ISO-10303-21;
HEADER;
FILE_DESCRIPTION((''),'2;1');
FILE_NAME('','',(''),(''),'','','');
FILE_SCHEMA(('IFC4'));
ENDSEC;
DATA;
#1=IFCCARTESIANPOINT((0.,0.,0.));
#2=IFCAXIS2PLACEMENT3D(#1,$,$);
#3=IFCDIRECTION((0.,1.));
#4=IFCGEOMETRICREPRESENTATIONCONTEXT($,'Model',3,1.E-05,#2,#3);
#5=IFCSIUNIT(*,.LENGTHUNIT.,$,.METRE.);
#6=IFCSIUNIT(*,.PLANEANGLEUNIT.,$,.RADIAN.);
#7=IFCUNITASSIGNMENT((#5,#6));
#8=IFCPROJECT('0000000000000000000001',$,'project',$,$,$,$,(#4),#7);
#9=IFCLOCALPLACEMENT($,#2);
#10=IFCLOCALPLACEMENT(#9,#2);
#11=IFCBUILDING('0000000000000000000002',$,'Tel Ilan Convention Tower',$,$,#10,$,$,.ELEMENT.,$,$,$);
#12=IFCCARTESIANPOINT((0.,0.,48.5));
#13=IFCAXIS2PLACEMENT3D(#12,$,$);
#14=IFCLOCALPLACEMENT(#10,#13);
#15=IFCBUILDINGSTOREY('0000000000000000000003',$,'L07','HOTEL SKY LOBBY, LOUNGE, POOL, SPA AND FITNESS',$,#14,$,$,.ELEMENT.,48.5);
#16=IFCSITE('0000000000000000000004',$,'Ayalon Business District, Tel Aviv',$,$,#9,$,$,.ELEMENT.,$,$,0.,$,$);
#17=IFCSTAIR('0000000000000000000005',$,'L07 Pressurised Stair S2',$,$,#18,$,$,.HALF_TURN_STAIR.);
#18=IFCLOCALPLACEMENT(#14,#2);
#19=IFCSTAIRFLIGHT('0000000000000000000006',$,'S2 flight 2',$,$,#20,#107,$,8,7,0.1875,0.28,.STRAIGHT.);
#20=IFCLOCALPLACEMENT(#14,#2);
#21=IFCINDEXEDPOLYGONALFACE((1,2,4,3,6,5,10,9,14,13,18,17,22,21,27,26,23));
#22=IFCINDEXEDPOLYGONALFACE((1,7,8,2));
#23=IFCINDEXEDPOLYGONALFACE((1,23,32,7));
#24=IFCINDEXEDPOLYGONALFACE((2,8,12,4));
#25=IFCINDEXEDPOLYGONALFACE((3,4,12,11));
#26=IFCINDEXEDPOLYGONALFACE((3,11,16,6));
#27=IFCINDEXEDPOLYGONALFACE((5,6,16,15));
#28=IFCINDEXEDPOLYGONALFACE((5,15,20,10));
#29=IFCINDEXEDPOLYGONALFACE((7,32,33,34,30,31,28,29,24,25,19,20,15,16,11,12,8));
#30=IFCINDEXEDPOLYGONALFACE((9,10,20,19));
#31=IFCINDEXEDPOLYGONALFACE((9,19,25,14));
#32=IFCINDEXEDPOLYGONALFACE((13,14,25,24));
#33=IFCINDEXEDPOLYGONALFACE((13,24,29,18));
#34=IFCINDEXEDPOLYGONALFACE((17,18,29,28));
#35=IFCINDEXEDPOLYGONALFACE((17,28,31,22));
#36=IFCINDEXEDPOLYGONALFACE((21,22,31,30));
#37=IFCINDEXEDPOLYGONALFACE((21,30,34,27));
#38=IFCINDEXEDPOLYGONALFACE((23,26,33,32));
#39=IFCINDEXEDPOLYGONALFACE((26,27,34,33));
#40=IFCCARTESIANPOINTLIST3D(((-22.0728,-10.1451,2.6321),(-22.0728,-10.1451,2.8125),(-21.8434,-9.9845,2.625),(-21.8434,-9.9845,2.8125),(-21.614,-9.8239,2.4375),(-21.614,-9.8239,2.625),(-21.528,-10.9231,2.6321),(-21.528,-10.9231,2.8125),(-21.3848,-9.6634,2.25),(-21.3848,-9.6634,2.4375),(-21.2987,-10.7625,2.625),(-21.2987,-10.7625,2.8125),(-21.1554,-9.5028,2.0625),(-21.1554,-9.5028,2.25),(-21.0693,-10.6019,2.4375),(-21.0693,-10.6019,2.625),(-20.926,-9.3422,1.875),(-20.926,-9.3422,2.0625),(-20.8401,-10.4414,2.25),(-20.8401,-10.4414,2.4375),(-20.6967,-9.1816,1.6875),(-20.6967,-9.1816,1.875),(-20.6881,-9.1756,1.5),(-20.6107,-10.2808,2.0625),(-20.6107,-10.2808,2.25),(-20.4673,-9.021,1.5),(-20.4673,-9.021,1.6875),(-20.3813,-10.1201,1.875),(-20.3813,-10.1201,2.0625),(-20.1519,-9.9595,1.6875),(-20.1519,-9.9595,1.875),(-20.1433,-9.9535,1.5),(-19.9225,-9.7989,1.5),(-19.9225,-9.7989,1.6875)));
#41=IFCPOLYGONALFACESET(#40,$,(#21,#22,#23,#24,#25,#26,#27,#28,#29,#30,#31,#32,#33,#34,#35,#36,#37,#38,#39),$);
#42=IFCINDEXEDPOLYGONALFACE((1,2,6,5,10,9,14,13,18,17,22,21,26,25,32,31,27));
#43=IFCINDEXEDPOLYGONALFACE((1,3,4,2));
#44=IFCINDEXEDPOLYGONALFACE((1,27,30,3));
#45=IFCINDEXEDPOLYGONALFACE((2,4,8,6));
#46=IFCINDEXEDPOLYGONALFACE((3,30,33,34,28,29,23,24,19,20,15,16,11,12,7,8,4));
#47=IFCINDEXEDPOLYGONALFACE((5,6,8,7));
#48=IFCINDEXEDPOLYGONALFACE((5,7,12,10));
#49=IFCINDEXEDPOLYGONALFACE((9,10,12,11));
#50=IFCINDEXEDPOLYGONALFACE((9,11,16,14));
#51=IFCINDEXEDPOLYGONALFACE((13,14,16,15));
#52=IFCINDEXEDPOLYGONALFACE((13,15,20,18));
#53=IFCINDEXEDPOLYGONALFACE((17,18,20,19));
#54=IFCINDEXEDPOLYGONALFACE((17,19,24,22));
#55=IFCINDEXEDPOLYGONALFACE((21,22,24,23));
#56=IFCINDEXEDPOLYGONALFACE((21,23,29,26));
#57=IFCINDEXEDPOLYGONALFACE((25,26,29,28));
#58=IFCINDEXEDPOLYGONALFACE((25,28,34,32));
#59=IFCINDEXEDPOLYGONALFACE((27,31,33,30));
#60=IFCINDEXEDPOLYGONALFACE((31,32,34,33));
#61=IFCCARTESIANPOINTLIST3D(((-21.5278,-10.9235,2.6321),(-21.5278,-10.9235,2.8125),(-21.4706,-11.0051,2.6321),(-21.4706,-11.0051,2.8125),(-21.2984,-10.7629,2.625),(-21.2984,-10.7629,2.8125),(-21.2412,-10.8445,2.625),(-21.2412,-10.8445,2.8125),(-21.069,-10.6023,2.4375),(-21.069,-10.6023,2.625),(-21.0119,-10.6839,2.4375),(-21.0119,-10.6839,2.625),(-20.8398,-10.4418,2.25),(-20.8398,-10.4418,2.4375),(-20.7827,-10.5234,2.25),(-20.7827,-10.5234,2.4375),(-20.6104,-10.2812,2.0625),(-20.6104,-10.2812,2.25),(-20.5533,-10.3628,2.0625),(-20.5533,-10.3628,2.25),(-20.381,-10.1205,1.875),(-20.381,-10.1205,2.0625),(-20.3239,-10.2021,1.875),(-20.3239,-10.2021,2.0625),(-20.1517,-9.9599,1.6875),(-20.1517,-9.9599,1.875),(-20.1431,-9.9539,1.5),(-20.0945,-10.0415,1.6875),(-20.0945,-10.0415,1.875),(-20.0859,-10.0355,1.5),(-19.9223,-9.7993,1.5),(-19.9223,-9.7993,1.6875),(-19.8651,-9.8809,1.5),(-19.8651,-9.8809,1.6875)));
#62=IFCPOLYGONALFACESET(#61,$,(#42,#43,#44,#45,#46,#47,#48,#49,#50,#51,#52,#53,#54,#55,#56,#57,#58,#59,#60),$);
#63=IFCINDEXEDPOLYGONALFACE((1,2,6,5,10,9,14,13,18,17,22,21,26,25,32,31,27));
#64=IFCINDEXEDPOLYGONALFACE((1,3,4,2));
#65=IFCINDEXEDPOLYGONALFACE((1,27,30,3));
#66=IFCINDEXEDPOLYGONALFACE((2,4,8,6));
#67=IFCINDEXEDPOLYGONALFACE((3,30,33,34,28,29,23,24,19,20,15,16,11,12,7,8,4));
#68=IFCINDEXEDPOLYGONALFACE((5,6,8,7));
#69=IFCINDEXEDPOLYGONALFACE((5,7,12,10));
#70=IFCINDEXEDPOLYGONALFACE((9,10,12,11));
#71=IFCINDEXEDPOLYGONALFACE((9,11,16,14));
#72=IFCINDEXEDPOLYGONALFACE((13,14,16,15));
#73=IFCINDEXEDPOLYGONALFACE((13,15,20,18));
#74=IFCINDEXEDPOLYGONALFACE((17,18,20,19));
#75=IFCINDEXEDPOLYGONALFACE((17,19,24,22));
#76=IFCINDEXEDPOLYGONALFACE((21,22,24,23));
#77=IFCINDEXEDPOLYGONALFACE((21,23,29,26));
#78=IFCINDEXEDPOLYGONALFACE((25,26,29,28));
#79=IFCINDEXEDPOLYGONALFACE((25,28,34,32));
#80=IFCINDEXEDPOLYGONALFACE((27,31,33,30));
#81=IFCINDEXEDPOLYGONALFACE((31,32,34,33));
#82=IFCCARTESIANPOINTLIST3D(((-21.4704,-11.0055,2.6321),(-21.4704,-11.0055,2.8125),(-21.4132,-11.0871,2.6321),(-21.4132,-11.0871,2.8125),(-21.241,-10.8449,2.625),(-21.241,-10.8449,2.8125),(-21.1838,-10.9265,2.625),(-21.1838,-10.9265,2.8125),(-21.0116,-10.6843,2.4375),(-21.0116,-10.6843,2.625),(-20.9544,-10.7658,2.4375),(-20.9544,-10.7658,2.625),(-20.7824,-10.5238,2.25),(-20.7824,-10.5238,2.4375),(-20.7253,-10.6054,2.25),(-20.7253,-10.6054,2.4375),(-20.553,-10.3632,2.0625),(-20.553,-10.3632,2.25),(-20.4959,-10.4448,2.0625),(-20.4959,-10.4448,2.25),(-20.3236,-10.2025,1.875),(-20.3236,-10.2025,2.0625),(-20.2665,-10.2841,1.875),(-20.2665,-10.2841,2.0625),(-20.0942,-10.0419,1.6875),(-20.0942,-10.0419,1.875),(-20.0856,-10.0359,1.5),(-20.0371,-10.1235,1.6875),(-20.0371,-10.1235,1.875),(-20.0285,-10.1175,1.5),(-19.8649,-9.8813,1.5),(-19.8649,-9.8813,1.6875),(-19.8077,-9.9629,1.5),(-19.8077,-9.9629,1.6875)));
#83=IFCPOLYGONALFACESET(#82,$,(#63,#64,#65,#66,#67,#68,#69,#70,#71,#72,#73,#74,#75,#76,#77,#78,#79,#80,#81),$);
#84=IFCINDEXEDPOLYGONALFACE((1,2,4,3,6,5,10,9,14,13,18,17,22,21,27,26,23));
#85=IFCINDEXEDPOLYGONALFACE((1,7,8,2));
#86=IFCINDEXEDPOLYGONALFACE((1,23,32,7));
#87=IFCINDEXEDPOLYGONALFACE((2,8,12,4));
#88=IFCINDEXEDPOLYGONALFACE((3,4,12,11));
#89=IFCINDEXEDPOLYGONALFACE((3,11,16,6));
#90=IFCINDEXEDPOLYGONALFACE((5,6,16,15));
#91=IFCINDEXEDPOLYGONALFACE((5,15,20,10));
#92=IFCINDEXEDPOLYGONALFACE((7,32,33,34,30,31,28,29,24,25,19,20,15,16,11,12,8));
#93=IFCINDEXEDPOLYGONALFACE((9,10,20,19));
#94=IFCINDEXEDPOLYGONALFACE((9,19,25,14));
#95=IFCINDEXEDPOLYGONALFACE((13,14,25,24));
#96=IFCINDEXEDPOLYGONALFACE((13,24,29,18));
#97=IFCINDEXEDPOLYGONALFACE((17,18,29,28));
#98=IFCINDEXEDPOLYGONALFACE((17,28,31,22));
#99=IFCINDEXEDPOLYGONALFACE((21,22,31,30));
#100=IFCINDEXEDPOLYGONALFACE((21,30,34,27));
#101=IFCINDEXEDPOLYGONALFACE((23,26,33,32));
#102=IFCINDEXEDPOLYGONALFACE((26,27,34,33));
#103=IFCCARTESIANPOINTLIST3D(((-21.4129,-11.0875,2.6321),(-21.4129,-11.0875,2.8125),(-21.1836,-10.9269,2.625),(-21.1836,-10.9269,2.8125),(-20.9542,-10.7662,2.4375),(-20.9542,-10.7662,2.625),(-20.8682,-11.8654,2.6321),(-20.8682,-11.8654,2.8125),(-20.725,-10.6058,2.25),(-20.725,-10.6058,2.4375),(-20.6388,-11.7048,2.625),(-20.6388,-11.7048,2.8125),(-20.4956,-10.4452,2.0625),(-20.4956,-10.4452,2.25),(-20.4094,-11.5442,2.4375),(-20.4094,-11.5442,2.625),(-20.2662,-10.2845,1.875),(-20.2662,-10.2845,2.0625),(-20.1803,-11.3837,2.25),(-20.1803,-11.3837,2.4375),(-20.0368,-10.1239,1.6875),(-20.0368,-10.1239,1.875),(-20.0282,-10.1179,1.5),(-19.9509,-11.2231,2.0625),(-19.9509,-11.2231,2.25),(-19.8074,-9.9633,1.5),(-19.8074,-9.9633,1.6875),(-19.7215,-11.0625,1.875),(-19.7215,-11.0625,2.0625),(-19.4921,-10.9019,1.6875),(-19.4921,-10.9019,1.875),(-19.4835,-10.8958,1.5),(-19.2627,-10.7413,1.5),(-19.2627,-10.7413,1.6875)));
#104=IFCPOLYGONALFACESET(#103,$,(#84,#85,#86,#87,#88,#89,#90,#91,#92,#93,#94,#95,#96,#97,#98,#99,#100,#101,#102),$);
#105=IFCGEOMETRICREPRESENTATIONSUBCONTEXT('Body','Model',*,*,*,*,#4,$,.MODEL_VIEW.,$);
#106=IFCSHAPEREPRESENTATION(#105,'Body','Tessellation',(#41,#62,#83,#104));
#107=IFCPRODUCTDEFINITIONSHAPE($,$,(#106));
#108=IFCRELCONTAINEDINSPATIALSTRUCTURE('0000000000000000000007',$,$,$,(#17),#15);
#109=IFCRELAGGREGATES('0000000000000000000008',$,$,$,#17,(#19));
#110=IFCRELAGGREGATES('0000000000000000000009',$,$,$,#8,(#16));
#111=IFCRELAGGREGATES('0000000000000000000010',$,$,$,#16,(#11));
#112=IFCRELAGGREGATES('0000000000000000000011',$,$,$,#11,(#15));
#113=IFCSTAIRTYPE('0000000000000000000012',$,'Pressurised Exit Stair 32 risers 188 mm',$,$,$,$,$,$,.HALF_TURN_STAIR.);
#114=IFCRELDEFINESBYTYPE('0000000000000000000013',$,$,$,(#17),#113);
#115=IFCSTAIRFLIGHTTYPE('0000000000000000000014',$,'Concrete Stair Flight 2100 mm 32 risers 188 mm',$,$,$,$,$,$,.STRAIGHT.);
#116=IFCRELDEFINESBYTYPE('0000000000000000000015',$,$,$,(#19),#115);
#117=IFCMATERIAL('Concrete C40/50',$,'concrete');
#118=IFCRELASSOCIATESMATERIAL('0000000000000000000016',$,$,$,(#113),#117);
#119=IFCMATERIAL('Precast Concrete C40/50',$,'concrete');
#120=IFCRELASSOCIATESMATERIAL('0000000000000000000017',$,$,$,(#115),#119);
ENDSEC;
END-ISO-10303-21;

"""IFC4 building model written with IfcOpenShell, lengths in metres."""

from ifc_helpers import new_model, si_unit, direction, frame, origin, place, context, subcontext, project, spatial, polyline, outline, extrude, material, type_object, element, aggregate, save


model = new_model("IFC4")

# Units and contexts
model_context = context("Model", 3, precision=1e-05, world=origin(), true_north=direction((0.0, 1.0)))
body_context = subcontext(model_context, "Body", "Model", "MODEL_VIEW")
ifc_project = project(units=[si_unit("LENGTHUNIT", "METRE"), si_unit("PLANEANGLEUNIT", "RADIAN")], contexts=[model_context])

# Site, building, storey
site_placement = place(None, origin())
site = spatial("IfcSite", under=ifc_project, at=site_placement, Name="Ayalon Business District, Tel Aviv", CompositionType="ELEMENT", RefElevation=0.0)
building_placement = place(site_placement, origin())
building = spatial("IfcBuilding", under=site, at=building_placement, Name="Tel Ilan Convention Tower", CompositionType="ELEMENT")
storey_placement = place(building_placement, frame((0.0, 0.0, 48.5)))
storey = spatial("IfcBuildingStorey", under=building, at=storey_placement, Name="L07", Description="HOTEL SKY LOBBY, LOUNGE, POOL, SPA AND FITNESS", CompositionType="ELEMENT", Elevation=48.5)

# Stair, stair flight
ifc_material_1 = material(Name="Concrete C40/50", Category="concrete")
stair_type = type_object("IfcStairType", Name="Pressurised Exit Stair 32 risers 188 mm", PredefinedType="HALF_TURN_STAIR", material=ifc_material_1)
ifc_material_2 = material(Name="Precast Concrete C40/50", Category="concrete")
stair_flight_type = type_object("IfcStairFlightType", Name="Concrete Stair Flight 2100 mm 32 risers 188 mm", PredefinedType="STRAIGHT", material=ifc_material_2)
stair_1_placement = place(storey_placement, origin())
stair_1 = element("IfcStair", 1, at=stair_1_placement, inside=storey, type_object=stair_type, Name="L07 Pressurised Stair S2", PredefinedType="HALF_TURN_STAIR")
stair_flight_1_placement = place(storey_placement, frame((-19.865, -9.8811, 1.5), z_axis=(0.0, 0.0, 1.0), x_axis=(-0.819152, -0.573576, 0.0)))
stair_flight_1 = element("IfcStairFlight", 2, at=stair_flight_1_placement, type_object=stair_flight_type, Name="S2 flight 2", NumberOfRisers=8, NumberOfTreads=7, PredefinedType="STRAIGHT", RiserHeight=0.1875, TreadLength=0.28, context=body_context, shape_type="SweptSolid", body=[
    extrude(outline(polyline([(0.0, 0.0), (0.0, 0.1875), (0.28, 0.1875), (0.28, 0.375), (0.5601, 0.375), (0.5601, 0.5625), (0.8401, 0.5625), (0.8401, 0.75), (1.1201, 0.75), (1.1201, 0.9375), (1.3999, 0.9375), (1.3999, 1.125), (1.6799, 1.125), (1.6799, 1.3125), (1.96, 1.3125), (1.96, 1.5), (1.96, 1.1321), (0.2695, 0.0), (0.0, 0.0)])), frame((0.0, -0.1003, 0.0), z_axis=(0.0, -1.0, 0.0), x_axis=(1.0, 0.0, 0.0)), (0.0, 0.0, 1.0), 0.9497),
    extrude(outline(polyline([(0.0, 0.0), (0.0, 0.1875), (0.28, 0.1875), (0.28, 0.375), (0.5601, 0.375), (0.5601, 0.5625), (0.8401, 0.5625), (0.8401, 0.75), (1.1201, 0.75), (1.1201, 0.9375), (1.3999, 0.9375), (1.3999, 1.125), (1.6799, 1.125), (1.6799, 1.3125), (1.96, 1.3125), (1.96, 1.5), (1.96, 1.1321), (0.2695, 0.0), (0.0, 0.0)])), frame((0.0, -0.0002, 0.0), z_axis=(0.0, -1.0, 0.0), x_axis=(1.0, 0.0, 0.0)), (0.0, 0.0, 1.0), 0.0996),
    extrude(outline(polyline([(0.0, 0.0), (0.0, 0.1875), (0.28, 0.1875), (0.28, 0.375), (0.5601, 0.375), (0.5601, 0.5625), (0.8401, 0.5625), (0.8401, 0.75), (1.1201, 0.75), (1.1201, 0.9375), (1.3999, 0.9375), (1.3999, 1.125), (1.6799, 1.125), (1.6799, 1.3125), (1.96, 1.3125), (1.96, 1.5), (1.96, 1.1321), (0.2695, 0.0), (0.0, 0.0)])), frame((0.0, 0.0999, 0.0), z_axis=(0.0, -1.0, 0.0), x_axis=(1.0, 0.0, 0.0)), (0.0, 0.0, 1.0), 0.0996),
    extrude(outline(polyline([(0.0, 0.0), (0.0, 0.1875), (0.28, 0.1875), (0.28, 0.375), (0.5601, 0.375), (0.5601, 0.5625), (0.8401, 0.5625), (0.8401, 0.75), (1.1201, 0.75), (1.1201, 0.9375), (1.3999, 0.9375), (1.3999, 1.125), (1.6799, 1.125), (1.6799, 1.3125), (1.96, 1.3125), (1.96, 1.5), (1.96, 1.1321), (0.2695, 0.0), (0.0, 0.0)])), frame((0.0, 1.05, 0.0), z_axis=(0.0, -1.0, 0.0), x_axis=(1.0, 0.0, 0.0)), (0.0, 0.0, 1.0), 0.9497),
])
aggregate(stair_1, [stair_flight_1])

save(model, "model.ifc")
